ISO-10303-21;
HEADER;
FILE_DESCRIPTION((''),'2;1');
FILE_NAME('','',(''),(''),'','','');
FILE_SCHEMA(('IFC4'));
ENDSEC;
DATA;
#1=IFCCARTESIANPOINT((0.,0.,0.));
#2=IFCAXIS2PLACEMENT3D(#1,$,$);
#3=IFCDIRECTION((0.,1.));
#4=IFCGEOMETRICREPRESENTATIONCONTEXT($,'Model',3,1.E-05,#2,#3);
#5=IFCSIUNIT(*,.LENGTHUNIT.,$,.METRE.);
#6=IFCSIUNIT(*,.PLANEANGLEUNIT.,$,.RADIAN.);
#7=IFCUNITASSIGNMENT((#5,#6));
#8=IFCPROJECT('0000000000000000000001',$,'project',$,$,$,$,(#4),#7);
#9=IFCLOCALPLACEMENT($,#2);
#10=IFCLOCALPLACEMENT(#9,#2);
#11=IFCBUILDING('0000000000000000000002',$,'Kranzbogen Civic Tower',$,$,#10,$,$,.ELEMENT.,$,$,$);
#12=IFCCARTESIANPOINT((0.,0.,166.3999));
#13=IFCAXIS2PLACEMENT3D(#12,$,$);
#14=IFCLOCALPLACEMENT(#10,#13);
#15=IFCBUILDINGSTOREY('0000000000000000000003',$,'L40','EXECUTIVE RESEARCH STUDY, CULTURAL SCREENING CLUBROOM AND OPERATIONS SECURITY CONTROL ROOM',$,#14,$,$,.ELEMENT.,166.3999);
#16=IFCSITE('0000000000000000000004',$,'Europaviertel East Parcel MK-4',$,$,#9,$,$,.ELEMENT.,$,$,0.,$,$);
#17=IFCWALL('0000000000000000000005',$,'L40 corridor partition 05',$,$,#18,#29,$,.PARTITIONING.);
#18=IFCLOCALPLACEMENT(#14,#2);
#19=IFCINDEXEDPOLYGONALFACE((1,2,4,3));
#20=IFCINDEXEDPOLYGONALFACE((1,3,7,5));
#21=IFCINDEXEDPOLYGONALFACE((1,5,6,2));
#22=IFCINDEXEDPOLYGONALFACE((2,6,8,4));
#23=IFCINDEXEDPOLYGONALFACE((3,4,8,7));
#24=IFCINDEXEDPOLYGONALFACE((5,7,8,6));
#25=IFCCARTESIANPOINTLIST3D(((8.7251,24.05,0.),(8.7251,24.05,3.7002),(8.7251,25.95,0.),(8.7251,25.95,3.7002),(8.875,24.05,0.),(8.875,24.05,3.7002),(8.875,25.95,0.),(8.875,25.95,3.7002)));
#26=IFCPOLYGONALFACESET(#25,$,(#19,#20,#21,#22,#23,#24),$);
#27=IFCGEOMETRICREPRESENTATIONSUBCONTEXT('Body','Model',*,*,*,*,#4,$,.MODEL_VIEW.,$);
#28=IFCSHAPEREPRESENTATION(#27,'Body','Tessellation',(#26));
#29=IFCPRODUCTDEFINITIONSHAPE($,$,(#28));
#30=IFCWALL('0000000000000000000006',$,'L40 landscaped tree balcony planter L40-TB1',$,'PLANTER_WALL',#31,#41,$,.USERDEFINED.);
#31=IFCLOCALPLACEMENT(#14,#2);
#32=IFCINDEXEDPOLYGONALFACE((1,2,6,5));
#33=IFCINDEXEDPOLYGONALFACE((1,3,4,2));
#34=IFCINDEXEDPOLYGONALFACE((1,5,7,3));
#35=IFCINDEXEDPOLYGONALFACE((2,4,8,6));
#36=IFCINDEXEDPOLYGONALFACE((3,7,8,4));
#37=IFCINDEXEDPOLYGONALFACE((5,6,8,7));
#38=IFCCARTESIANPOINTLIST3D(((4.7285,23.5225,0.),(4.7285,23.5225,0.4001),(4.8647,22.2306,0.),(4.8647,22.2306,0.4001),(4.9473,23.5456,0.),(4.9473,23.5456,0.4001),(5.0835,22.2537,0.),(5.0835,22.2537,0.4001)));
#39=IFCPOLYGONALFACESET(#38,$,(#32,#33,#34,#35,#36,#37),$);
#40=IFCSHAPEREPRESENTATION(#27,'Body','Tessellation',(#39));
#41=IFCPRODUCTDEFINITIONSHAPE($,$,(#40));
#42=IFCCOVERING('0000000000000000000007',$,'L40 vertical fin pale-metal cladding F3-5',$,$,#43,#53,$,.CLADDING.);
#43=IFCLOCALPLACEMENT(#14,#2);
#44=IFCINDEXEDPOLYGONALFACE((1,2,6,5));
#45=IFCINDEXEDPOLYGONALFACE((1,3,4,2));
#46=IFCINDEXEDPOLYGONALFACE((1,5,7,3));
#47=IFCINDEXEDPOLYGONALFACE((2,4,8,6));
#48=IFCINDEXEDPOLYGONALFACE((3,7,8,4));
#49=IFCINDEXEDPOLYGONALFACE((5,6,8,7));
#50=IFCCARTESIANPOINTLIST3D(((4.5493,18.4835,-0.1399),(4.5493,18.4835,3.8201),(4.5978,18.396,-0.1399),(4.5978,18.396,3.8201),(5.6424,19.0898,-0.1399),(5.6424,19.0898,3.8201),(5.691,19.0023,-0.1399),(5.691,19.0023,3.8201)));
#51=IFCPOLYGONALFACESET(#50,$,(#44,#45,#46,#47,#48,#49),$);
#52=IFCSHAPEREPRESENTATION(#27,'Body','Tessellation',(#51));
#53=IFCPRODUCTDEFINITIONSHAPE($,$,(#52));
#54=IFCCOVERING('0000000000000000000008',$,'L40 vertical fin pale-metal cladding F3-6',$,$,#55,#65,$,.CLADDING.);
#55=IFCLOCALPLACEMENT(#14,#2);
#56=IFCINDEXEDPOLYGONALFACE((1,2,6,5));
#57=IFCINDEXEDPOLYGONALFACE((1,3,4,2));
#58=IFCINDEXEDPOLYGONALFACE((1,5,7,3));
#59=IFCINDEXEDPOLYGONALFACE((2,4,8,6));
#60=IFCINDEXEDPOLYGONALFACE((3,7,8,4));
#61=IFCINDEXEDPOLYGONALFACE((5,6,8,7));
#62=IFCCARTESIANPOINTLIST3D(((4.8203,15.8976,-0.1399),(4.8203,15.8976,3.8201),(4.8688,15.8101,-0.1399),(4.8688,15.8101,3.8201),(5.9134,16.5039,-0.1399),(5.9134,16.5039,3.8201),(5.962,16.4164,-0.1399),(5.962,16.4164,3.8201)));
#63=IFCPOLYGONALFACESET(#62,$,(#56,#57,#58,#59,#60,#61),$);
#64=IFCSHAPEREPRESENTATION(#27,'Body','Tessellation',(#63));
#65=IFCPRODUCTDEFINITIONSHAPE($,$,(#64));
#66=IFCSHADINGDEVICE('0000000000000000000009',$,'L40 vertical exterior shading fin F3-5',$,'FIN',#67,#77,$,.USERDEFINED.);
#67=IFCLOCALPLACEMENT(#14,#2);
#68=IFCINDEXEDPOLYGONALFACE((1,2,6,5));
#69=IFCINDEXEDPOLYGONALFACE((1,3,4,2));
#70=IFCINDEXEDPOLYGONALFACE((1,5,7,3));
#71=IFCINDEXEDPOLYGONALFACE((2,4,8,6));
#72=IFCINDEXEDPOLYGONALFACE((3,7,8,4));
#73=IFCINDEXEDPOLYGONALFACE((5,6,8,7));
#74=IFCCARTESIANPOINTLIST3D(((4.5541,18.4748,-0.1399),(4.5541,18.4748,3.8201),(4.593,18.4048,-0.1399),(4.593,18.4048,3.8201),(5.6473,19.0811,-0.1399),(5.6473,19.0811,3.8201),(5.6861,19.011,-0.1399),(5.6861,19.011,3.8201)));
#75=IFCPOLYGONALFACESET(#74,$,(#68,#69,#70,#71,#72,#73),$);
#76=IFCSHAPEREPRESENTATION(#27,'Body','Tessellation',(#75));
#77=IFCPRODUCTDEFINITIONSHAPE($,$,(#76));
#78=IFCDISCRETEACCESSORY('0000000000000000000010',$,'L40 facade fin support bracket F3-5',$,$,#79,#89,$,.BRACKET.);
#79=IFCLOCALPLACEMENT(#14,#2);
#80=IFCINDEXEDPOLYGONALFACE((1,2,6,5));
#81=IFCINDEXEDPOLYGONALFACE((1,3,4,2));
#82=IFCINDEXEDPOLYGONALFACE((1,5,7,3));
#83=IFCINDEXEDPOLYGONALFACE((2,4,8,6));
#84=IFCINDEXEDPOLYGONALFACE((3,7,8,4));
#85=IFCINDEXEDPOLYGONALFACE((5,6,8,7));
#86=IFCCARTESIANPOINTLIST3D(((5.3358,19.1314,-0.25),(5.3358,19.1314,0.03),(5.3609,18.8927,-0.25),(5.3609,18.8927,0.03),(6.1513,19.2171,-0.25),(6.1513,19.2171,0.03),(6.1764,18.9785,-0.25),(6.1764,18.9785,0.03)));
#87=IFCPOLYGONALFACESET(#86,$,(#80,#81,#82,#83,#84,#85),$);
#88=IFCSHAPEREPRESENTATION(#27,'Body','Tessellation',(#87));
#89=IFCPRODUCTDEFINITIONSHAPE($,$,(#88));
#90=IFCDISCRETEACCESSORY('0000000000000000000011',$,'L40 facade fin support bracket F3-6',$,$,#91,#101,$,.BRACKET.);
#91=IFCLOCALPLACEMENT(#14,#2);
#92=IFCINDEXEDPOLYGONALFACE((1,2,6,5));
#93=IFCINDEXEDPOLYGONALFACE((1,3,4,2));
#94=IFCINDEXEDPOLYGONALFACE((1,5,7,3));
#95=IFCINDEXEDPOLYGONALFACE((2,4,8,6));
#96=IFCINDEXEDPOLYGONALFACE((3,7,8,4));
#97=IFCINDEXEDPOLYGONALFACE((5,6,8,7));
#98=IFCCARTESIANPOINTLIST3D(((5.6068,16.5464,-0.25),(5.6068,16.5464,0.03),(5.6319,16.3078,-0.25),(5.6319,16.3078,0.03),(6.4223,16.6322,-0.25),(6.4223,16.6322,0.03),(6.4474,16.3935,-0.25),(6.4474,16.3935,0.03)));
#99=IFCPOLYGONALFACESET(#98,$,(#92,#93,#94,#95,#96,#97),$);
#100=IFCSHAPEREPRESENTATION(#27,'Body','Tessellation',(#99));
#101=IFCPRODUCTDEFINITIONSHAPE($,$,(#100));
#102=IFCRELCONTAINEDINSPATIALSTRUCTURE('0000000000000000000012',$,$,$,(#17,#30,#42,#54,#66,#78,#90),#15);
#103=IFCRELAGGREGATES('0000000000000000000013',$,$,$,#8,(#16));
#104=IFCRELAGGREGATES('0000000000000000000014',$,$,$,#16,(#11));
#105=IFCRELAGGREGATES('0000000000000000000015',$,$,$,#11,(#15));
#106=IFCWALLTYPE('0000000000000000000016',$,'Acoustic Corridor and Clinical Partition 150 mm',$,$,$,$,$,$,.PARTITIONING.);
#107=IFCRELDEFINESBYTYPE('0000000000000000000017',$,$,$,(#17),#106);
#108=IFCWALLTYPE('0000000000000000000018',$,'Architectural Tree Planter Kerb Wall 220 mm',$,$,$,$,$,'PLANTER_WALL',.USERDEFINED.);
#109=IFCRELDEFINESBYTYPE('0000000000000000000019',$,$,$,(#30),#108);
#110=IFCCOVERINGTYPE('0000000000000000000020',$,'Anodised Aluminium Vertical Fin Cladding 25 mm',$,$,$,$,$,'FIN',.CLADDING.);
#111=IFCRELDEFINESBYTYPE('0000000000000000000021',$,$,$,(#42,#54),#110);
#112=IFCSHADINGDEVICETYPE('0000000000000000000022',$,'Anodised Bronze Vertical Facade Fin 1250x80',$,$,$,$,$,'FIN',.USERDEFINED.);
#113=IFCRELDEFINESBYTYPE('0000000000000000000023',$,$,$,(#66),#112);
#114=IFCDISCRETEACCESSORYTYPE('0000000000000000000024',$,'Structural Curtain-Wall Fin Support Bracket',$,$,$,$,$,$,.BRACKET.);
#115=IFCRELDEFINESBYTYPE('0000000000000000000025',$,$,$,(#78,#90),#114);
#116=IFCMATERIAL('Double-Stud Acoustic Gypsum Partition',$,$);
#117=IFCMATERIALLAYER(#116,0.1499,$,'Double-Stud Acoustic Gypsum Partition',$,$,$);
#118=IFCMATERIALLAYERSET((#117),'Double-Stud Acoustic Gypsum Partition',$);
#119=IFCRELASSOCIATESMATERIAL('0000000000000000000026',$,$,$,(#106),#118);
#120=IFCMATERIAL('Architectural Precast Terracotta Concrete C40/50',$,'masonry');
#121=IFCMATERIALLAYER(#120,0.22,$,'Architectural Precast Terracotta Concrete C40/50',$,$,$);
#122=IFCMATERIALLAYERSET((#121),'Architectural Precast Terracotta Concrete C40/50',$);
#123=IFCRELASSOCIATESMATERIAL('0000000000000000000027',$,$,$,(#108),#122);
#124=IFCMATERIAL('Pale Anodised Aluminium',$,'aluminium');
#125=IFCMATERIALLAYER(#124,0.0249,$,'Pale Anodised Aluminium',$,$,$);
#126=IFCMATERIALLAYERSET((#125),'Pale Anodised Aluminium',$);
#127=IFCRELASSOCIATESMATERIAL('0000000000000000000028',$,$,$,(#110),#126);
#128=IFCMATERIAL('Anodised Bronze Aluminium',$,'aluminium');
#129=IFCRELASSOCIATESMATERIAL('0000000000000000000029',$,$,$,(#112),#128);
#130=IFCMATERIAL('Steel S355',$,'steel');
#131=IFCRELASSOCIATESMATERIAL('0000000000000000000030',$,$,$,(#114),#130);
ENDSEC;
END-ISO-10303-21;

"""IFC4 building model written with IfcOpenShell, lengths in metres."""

from ifc_helpers import new_model, si_unit, direction, frame, frame_2d, origin, origin_2d, place, context, subcontext, project, spatial, rectangle, extrude, material, layer, layer_set, type_object, element, save


model = new_model("IFC4")

# Units and contexts
model_context = context("Model", 3, precision=1e-05, world=origin(), true_north=direction((0.0, 1.0)))
body_context = subcontext(model_context, "Body", "Model", "MODEL_VIEW")
ifc_project = project(units=[si_unit("LENGTHUNIT", "METRE"), si_unit("PLANEANGLEUNIT", "RADIAN")], contexts=[model_context])

# Site, building, storey
site_placement = place(None, origin())
site = spatial("IfcSite", under=ifc_project, at=site_placement, Name="Europaviertel East Parcel MK-4", CompositionType="ELEMENT", RefElevation=0.0)
building_placement = place(site_placement, origin())
building = spatial("IfcBuilding", under=site, at=building_placement, Name="Kranzbogen Civic Tower", CompositionType="ELEMENT")
storey_placement = place(building_placement, frame((0.0, 0.0, 166.3999)))
storey = spatial("IfcBuildingStorey", under=building, at=storey_placement, Name="L40", Description="EXECUTIVE RESEARCH STUDY, CULTURAL SCREENING CLUBROOM AND OPERATIONS SECURITY CONTROL ROOM", CompositionType="ELEMENT", Elevation=166.3999)

# Shared definitions
ifc_material_1 = material(Name="Steel S355", Category="steel")

# Shared definitions
ifc_material_2 = material(Name="Pale Anodised Aluminium", Category="aluminium")

# Walls
ifc_material_3 = material(Name="Double-Stud Acoustic Gypsum Partition")
ifc_layer_1 = layer(ifc_material_3, 0.1499, Name="Double-Stud Acoustic Gypsum Partition")
ifc_layer_set_1 = layer_set([ifc_layer_1], Name="Double-Stud Acoustic Gypsum Partition")
wall_type_1 = type_object("IfcWallType", Name="Acoustic Corridor and Clinical Partition 150 mm", PredefinedType="PARTITIONING", material=ifc_layer_set_1)
wall_1_placement = place(storey_placement, frame((8.8, 24.05, 0.0), z_axis=(0.0, 0.0, 1.0), x_axis=(0.0, 1.0, 0.0)))
element("IfcWall", 1, at=wall_1_placement, inside=storey, type_object=wall_type_1, Name="L40 corridor partition 05", PredefinedType="PARTITIONING", context=body_context, shape_type="SweptSolid", body=[
    extrude(rectangle(XDim=1.8999, YDim=0.1499, at=frame_2d((0.95, 0.0))), origin(), (0.0, 0.0, 1.0), 3.7002),
])
ifc_material_4 = material(Name="Architectural Precast Terracotta Concrete C40/50", Category="masonry")
ifc_layer_2 = layer(ifc_material_4, 0.22, Name="Architectural Precast Terracotta Concrete C40/50")
ifc_layer_set_2 = layer_set([ifc_layer_2], Name="Architectural Precast Terracotta Concrete C40/50")
wall_type_2 = type_object("IfcWallType", Name="Architectural Tree Planter Kerb Wall 220 mm", ElementType="PLANTER_WALL", PredefinedType="USERDEFINED", material=ifc_layer_set_2)
wall_2_placement = place(storey_placement, frame((4.8379, 23.5339, 0.0), z_axis=(0.0, 0.0, 1.0), x_axis=(0.104861, -0.994487, 0.0)))
element("IfcWall", 2, at=wall_2_placement, inside=storey, type_object=wall_type_2, Name="L40 landscaped tree balcony planter L40-TB1", ObjectType="PLANTER_WALL", PredefinedType="USERDEFINED", context=body_context, shape_type="SweptSolid", body=[
    extrude(rectangle(XDim=1.2991, YDim=0.22, at=frame_2d((0.6494, 0.0))), origin(), (0.0, 0.0, 1.0), 0.4001),
])

# Coverings
ifc_layer_3 = layer(ifc_material_2, 0.0249, Name="Pale Anodised Aluminium")
ifc_layer_set_3 = layer_set([ifc_layer_3], Name="Pale Anodised Aluminium")
covering_type = type_object("IfcCoveringType", Name="Anodised Aluminium Vertical Fin Cladding 25 mm", ElementType="FIN", PredefinedType="CLADDING", material=ifc_layer_set_3)
for number, where, z_axis, x_axis, name in (
    (3, (5.1201, 18.7429, -0.1399), (0.0, 0.0, 1.0), (-0.874501, -0.485023, 0.0), "L40 vertical fin pale-metal cladding F3-5"),
    (4, (5.3911, 16.157, -0.1399), (0.0, 0.0, 1.0), (-0.874501, -0.485023, 0.0), "L40 vertical fin pale-metal cladding F3-6"),
):
    element("IfcCovering", number, at=place(storey_placement, frame(where, z_axis=z_axis, x_axis=x_axis)), inside=storey, type_object=covering_type, Name=name, PredefinedType="CLADDING", context=body_context, shape_type="SweptSolid", body=[
        extrude(rectangle(XDim=1.25, YDim=0.1001, at=origin_2d()), origin(), (0.0, 0.0, 1.0), 3.96),
    ])

# Shading device
ifc_material_5 = material(Name="Anodised Bronze Aluminium", Category="aluminium")
shading_device_type = type_object("IfcShadingDeviceType", Name="Anodised Bronze Vertical Facade Fin 1250x80", ElementType="FIN", PredefinedType="USERDEFINED", material=ifc_material_5)
shading_device_placement = place(storey_placement, frame((5.1201, 18.7429, -0.1399), z_axis=(0.0, 0.0, 1.0), x_axis=(-0.874501, -0.485023, 0.0)))
element("IfcShadingDevice", 5, at=shading_device_placement, inside=storey, type_object=shading_device_type, Name="L40 vertical exterior shading fin F3-5", ObjectType="FIN", PredefinedType="USERDEFINED", context=body_context, shape_type="SweptSolid", body=[
    extrude(rectangle(XDim=1.25, YDim=0.0801, at=origin_2d()), origin(), (0.0, 0.0, 1.0), 3.96),
])

# Discrete accessories
discrete_accessory_type = type_object("IfcDiscreteAccessoryType", Name="Structural Curtain-Wall Fin Support Bracket", PredefinedType="BRACKET", material=ifc_material_1)
for number, where, z_axis, x_axis, name in (
    (6, (5.7561, 19.0549, -0.25), (0.0, 0.0, 1.0), (-0.994522, -0.104528, 0.0), "L40 facade fin support bracket F3-5"),
    (7, (6.0271, 16.47, -0.25), (0.0, 0.0, 1.0), (-0.994522, -0.104528, 0.0), "L40 facade fin support bracket F3-6"),
):
    element("IfcDiscreteAccessory", number, at=place(storey_placement, frame(where, z_axis=z_axis, x_axis=x_axis)), inside=storey, type_object=discrete_accessory_type, Name=name, PredefinedType="BRACKET", context=body_context, shape_type="SweptSolid", body=[
        extrude(rectangle(XDim=0.8201, YDim=0.24, at=origin_2d()), origin(), (0.0, 0.0, 1.0), 0.28),
    ])

save(model, "model.ifc")
